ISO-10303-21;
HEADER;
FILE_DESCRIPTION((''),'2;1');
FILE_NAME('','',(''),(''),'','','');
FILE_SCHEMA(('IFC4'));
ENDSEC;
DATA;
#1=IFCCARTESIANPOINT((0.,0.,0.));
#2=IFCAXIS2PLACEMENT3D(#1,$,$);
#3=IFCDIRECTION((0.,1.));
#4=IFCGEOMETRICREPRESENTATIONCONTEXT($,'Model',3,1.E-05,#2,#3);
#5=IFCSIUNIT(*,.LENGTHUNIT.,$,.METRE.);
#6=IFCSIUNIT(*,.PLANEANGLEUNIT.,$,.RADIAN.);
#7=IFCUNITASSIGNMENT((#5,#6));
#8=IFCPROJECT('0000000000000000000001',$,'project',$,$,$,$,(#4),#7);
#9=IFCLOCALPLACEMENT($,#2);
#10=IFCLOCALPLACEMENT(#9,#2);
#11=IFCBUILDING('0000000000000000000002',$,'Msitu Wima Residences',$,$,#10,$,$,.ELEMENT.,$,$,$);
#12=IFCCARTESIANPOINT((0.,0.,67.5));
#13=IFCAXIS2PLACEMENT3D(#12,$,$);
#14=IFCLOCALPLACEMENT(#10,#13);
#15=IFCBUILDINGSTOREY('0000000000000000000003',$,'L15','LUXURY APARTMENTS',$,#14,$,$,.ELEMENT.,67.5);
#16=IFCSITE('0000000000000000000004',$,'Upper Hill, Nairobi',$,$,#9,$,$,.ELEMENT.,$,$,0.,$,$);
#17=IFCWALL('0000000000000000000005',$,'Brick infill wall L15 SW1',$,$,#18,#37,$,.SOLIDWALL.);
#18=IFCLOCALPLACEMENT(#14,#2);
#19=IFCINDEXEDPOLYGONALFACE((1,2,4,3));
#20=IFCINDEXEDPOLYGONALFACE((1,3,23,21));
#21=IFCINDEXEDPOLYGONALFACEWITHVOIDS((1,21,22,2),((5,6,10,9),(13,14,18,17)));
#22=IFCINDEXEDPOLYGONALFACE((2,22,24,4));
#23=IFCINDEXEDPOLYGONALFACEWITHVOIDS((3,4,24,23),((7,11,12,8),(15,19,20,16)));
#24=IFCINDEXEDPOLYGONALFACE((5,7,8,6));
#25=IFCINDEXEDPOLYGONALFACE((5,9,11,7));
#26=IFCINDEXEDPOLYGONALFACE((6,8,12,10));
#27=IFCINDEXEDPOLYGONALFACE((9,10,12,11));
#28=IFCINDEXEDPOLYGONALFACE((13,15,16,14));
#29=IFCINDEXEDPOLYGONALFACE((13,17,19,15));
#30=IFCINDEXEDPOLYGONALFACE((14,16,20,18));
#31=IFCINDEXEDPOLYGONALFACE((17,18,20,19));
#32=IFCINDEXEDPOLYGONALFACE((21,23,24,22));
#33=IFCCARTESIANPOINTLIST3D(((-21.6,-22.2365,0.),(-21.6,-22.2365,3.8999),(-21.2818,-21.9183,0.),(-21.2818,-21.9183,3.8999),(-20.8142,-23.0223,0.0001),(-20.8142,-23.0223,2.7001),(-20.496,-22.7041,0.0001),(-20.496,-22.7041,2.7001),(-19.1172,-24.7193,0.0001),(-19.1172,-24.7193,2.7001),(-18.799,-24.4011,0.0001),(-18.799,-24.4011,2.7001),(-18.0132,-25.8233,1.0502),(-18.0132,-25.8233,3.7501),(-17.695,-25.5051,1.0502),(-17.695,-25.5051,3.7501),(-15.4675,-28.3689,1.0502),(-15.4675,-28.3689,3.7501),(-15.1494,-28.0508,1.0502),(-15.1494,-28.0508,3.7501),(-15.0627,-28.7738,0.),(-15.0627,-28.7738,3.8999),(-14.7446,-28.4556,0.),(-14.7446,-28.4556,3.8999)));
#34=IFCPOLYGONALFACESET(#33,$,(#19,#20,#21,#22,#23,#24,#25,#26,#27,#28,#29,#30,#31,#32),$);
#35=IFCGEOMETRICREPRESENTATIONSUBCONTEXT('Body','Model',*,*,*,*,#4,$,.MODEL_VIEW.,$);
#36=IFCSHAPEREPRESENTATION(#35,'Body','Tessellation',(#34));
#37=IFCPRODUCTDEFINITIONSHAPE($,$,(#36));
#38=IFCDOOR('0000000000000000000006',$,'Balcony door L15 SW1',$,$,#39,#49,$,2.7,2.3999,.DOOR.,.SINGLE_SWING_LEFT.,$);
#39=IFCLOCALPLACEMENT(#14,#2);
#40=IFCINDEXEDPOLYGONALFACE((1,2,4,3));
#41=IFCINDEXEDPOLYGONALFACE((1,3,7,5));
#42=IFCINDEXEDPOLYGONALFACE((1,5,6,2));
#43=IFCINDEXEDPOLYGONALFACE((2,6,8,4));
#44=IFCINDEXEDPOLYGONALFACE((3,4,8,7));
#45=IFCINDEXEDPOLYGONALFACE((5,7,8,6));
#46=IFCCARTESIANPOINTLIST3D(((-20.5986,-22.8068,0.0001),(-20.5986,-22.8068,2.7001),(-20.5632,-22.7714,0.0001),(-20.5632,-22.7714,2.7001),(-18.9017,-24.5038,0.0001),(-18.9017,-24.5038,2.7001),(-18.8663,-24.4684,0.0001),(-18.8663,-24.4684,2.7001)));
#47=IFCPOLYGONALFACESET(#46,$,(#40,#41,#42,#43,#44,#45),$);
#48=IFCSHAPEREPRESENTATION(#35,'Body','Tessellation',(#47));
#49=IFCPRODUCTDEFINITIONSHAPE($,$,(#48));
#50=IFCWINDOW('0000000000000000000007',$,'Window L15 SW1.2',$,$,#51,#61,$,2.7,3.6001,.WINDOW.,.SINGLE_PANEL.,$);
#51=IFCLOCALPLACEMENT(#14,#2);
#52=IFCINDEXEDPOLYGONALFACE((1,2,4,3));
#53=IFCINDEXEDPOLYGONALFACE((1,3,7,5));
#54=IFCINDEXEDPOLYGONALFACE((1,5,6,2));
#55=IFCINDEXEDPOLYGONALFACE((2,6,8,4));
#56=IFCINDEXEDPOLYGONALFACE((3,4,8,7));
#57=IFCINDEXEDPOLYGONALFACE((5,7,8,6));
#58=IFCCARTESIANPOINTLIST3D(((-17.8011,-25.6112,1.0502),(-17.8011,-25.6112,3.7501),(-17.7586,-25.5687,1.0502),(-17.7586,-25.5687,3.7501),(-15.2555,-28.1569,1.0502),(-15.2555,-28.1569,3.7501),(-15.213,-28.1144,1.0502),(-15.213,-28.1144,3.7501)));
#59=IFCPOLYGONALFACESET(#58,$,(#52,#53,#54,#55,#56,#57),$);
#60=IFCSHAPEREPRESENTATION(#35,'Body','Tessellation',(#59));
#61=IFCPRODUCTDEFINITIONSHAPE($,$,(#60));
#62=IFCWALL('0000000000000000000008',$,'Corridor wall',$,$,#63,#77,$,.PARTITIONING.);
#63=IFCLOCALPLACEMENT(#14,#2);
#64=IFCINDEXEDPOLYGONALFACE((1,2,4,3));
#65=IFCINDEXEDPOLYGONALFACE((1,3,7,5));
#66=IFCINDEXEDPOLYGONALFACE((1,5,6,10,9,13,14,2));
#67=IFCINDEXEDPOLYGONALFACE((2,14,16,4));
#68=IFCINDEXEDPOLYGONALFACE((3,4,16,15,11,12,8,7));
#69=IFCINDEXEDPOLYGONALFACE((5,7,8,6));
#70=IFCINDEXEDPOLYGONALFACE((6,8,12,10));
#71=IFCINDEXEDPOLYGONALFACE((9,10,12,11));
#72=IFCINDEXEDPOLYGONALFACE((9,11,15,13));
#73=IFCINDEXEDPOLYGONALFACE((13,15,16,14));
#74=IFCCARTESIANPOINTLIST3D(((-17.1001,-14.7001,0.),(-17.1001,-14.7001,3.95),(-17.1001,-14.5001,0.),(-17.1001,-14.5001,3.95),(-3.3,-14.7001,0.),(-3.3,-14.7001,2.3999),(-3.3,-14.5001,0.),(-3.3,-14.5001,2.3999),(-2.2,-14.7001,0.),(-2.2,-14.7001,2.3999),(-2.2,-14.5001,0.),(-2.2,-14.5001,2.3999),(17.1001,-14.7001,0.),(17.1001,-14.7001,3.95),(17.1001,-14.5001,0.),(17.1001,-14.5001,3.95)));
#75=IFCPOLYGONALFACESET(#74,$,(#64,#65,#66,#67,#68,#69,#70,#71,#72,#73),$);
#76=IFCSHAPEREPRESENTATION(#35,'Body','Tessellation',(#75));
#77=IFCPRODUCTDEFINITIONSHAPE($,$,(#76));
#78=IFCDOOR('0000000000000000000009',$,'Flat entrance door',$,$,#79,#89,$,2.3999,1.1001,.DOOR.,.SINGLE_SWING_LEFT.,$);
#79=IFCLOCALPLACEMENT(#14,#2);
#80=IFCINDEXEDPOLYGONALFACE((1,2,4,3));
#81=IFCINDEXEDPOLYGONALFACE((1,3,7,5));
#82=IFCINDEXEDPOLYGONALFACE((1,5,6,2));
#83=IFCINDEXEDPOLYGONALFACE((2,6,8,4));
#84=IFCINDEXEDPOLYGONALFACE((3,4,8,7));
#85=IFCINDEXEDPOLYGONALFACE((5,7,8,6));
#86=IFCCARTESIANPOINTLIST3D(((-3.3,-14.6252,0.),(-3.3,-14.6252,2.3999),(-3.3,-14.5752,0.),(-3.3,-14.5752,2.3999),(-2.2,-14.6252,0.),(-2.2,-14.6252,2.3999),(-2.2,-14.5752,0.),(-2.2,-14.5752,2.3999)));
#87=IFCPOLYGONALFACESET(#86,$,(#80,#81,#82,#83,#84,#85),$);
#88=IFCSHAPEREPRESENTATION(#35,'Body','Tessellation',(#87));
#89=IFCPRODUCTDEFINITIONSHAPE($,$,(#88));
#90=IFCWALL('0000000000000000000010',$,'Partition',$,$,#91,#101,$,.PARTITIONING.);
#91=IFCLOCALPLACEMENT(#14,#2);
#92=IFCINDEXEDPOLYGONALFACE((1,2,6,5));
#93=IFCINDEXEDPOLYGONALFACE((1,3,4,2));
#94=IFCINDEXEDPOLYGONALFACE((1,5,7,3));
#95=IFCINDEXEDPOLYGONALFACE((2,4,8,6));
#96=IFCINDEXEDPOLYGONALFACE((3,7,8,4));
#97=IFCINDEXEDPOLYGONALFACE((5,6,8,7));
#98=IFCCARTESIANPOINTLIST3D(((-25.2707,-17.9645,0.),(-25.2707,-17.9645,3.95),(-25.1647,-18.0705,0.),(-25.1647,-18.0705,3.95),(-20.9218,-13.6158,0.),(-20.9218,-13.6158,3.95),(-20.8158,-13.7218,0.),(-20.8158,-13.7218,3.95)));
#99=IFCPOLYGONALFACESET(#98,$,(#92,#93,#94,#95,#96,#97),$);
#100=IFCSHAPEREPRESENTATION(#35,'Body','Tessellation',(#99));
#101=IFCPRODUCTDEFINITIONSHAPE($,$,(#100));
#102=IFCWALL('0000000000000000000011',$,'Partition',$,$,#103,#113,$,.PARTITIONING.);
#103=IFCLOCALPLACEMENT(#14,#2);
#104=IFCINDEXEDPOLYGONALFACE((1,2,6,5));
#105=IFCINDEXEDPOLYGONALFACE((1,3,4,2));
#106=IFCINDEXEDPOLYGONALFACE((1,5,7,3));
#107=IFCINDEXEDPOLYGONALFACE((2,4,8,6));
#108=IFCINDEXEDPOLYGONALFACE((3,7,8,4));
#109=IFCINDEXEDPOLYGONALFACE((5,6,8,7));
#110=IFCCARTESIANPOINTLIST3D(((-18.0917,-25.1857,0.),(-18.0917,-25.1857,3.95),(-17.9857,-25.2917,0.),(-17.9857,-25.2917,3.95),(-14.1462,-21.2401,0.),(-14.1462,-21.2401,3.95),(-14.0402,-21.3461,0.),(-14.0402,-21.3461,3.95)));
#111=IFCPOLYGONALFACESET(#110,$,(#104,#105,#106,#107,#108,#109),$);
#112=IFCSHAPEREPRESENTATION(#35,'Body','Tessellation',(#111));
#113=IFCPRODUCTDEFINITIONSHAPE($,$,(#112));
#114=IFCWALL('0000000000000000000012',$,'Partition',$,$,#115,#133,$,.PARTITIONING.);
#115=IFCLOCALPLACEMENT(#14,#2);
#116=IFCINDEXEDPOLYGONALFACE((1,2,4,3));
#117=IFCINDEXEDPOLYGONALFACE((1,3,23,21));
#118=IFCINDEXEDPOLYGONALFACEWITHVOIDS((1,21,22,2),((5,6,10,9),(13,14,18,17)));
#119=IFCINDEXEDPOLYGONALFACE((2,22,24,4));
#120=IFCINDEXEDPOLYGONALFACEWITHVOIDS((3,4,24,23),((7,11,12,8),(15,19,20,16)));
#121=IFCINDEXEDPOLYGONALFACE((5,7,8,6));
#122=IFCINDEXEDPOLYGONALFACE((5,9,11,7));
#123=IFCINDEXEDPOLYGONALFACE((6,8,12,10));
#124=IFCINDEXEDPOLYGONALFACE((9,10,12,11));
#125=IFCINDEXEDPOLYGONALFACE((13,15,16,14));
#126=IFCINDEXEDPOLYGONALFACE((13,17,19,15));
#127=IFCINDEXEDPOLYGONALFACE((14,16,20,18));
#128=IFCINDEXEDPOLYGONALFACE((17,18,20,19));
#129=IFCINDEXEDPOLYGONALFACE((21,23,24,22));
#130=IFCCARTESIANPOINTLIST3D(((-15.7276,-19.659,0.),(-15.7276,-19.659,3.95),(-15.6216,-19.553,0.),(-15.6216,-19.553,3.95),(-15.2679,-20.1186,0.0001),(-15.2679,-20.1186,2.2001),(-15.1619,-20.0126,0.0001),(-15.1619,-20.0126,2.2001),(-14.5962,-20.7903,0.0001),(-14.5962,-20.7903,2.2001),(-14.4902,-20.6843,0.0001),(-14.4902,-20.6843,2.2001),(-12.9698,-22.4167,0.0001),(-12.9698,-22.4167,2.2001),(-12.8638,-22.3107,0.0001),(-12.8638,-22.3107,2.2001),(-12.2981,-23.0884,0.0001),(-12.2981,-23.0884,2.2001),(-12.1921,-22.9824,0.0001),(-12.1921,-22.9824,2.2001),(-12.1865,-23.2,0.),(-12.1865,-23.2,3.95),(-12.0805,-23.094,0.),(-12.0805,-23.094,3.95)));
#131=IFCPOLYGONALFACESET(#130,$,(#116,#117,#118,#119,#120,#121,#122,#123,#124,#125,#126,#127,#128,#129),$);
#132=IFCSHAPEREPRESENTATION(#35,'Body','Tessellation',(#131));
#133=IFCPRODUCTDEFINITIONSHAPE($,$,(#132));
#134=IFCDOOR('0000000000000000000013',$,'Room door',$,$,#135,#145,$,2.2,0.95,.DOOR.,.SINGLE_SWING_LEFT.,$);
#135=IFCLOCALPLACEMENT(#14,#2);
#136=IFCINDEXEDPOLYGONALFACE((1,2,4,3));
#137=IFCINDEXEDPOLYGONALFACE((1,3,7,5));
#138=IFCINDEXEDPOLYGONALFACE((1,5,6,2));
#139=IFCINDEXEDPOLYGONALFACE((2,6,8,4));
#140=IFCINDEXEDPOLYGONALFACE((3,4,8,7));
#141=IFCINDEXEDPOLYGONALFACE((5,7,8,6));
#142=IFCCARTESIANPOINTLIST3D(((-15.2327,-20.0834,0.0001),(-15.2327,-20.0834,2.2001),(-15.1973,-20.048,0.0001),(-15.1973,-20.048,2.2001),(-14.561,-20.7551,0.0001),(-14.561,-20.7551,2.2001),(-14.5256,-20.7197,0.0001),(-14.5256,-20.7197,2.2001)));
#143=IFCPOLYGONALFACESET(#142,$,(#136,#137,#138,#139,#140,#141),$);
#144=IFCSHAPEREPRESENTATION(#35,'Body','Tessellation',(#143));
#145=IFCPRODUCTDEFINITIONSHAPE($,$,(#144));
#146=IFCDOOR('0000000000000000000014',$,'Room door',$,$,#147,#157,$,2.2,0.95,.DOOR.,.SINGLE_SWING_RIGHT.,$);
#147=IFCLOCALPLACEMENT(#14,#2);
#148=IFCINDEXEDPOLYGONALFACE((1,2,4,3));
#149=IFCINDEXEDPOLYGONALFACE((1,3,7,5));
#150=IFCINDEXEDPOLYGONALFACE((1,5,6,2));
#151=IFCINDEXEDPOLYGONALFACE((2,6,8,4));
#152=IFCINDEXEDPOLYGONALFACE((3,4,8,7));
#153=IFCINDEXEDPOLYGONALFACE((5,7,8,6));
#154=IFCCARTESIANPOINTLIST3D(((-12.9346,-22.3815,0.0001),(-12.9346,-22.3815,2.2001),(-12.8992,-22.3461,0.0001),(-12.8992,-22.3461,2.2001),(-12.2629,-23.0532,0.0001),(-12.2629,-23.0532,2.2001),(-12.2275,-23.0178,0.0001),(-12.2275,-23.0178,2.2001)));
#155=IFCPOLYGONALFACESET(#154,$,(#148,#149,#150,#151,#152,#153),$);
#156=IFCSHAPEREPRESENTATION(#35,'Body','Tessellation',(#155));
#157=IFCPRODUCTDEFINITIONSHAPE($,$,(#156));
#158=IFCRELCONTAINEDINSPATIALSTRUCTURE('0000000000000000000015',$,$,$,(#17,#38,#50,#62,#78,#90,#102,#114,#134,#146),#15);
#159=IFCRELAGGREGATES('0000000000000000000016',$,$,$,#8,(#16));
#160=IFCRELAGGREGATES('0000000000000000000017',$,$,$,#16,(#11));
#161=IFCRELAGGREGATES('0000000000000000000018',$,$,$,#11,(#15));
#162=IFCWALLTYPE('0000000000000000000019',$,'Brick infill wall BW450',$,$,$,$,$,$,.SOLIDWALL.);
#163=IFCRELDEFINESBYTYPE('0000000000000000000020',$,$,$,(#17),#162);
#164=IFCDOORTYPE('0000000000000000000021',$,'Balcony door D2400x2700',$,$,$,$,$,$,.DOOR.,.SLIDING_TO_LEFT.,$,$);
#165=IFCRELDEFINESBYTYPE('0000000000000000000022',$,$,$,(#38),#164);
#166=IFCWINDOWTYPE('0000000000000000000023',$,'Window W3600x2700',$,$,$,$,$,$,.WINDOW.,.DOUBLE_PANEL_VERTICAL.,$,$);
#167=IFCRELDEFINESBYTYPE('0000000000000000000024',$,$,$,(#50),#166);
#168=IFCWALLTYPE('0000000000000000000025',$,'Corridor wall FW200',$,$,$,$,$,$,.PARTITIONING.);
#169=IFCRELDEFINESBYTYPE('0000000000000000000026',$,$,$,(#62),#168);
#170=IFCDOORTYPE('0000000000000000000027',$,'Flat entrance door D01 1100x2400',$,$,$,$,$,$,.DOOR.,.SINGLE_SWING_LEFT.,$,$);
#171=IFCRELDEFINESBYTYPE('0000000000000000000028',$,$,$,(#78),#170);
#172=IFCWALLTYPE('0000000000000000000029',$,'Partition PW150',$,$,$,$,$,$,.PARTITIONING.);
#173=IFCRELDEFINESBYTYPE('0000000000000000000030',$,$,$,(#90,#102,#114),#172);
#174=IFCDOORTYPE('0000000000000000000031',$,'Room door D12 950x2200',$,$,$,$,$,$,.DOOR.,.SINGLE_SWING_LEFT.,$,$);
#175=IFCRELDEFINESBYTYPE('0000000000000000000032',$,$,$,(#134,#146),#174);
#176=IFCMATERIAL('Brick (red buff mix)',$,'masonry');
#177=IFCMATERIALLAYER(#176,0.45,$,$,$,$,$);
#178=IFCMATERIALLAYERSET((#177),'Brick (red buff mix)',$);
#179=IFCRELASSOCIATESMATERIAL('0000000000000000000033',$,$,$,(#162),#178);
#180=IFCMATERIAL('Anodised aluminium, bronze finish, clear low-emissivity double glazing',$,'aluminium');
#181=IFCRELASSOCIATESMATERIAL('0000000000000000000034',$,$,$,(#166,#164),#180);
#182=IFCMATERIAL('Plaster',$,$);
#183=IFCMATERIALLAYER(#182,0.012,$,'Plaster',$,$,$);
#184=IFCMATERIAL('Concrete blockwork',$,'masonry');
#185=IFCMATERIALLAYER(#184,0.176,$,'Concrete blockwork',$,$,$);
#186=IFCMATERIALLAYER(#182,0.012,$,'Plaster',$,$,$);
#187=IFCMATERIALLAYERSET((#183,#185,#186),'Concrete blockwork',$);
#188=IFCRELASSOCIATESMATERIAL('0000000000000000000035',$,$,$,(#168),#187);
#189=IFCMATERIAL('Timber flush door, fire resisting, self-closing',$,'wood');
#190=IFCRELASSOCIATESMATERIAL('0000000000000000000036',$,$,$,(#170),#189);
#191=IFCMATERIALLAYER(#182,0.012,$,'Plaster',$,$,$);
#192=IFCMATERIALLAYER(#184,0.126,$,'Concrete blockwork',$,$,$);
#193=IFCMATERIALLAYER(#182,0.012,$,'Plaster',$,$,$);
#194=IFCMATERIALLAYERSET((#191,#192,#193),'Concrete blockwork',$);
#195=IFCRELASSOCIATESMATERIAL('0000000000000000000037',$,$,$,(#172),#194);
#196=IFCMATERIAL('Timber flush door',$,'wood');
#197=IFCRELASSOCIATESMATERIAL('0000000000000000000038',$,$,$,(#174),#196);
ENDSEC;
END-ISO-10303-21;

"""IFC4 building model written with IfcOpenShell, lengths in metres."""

from ifc_helpers import new_model, si_unit, direction, frame, frame_2d, origin, place, context, subcontext, project, spatial, rectangle, extrude, material, layer, layer_set, type_object, element, fill, save


model = new_model("IFC4")

# Units and contexts
model_context = context("Model", 3, precision=1e-05, world=origin(), true_north=direction((0.0, 1.0)))
body_context = subcontext(model_context, "Body", "Model", "MODEL_VIEW")
ifc_project = project(units=[si_unit("LENGTHUNIT", "METRE"), si_unit("PLANEANGLEUNIT", "RADIAN")], contexts=[model_context])

# Site, building, storey
site_placement = place(None, origin())
site = spatial("IfcSite", under=ifc_project, at=site_placement, Name="Upper Hill, Nairobi", CompositionType="ELEMENT", RefElevation=0.0)
building_placement = place(site_placement, origin())
building = spatial("IfcBuilding", under=site, at=building_placement, Name="Msitu Wima Residences", CompositionType="ELEMENT")
storey_placement = place(building_placement, frame((0.0, 0.0, 67.5)))
storey = spatial("IfcBuildingStorey", under=building, at=storey_placement, Name="L15", Description="LUXURY APARTMENTS", CompositionType="ELEMENT", Elevation=67.5)

# Shared definitions
ifc_material_1 = material(Name="Brick (red buff mix)", Category="masonry")
ifc_layer_1 = layer(ifc_material_1, 0.45)
ifc_layer_set_1 = layer_set([ifc_layer_1], Name="Brick (red buff mix)")
wall_type_1 = type_object("IfcWallType", Name="Brick infill wall BW450", PredefinedType="SOLIDWALL", material=ifc_layer_set_1)
ifc_material_2 = material(Name="Anodised aluminium, bronze finish, clear low-emissivity double glazing", Category="aluminium")
window_type = type_object("IfcWindowType", Name="Window W3600x2700", PartitioningType="DOUBLE_PANEL_VERTICAL", PredefinedType="WINDOW", material=ifc_material_2)

# Wall, openings, door, window
wall_1_placement = place(storey_placement, frame((-21.4409, -22.0774, 0.0), z_axis=(0.0, 0.0, 1.0), x_axis=(0.707107, -0.707107, 0.0)))
wall_1 = element("IfcWall", 1, at=wall_1_placement, inside=storey, type_object=wall_type_1, Name="Brick infill wall L15 SW1", PredefinedType="SOLIDWALL", context=body_context, shape_type="SweptSolid", body=[
    extrude(rectangle(XDim=9.2451, YDim=0.45, at=frame_2d((4.6226, 0.0))), origin(), (0.0, 0.0, 1.0), 3.8999),
])
opening_1_placement = place(wall_1_placement, frame((1.1113, 0.0, 0.0)))
opening_1 = element("IfcOpeningElement", 2, at=opening_1_placement, cuts=wall_1, PredefinedType="OPENING", context=body_context, shape_type="SweptSolid", body=[
    extrude(rectangle(XDim=2.3999, YDim=2.7, at=frame_2d((1.2, 1.3501))), frame((0.0, 0.2349, 0.0), z_axis=(0.0, -1.0, 0.0), x_axis=(1.0, 0.0, 0.0)), (0.0, 0.0, 1.0), 0.47),
])
opening_2_placement = place(wall_1_placement, frame((5.0725, 0.0, 1.05)))
opening_2 = element("IfcOpeningElement", 3, at=opening_2_placement, cuts=wall_1, PredefinedType="OPENING", context=body_context, shape_type="SweptSolid", body=[
    extrude(rectangle(XDim=3.6001, YDim=2.7, at=frame_2d((1.8, 1.3501))), frame((0.0, 0.2349, 0.0), z_axis=(0.0, -1.0, 0.0), x_axis=(1.0, 0.0, 0.0)), (0.0, 0.0, 1.0), 0.47),
])
door_type_1 = type_object("IfcDoorType", Name="Balcony door D2400x2700", OperationType="SLIDING_TO_LEFT", PredefinedType="DOOR", material=ifc_material_2)
door_1_placement = place(opening_1_placement, origin())
door_1 = element("IfcDoor", 4, at=door_1_placement, inside=storey, type_object=door_type_1, Name="Balcony door L15 SW1", OperationType="SINGLE_SWING_LEFT", OverallHeight=2.7, OverallWidth=2.3999, PredefinedType="DOOR", context=body_context, shape_type="SweptSolid", body=[
    extrude(rectangle(XDim=2.3999, YDim=2.7, at=frame_2d((1.2, 1.3501))), frame((0.0, 0.1299, 0.0), z_axis=(0.0, -1.0, 0.0), x_axis=(1.0, 0.0, 0.0)), (0.0, 0.0, 1.0), 0.05),
])
fill(opening_1, door_1)
window_1_placement = place(opening_2_placement, origin())
window_1 = element("IfcWindow", 5, at=window_1_placement, inside=storey, type_object=window_type, Name="Window L15 SW1.2", OverallHeight=2.7, OverallWidth=3.6001, PartitioningType="SINGLE_PANEL", PredefinedType="WINDOW", context=body_context, shape_type="SweptSolid", body=[
    extrude(rectangle(XDim=3.6001, YDim=2.7, at=frame_2d((1.8, 1.3501))), frame((0.0, 0.135, 0.0), z_axis=(0.0, -1.0, 0.0), x_axis=(1.0, 0.0, 0.0)), (0.0, 0.0, 1.0), 0.0601),
])
fill(opening_2, window_1)

# Wall, opening, door
ifc_material_3 = material(Name="Plaster")
ifc_layer_2 = layer(ifc_material_3, 0.012, Name="Plaster")
ifc_material_4 = material(Name="Concrete blockwork", Category="masonry")
ifc_layer_3 = layer(ifc_material_4, 0.176, Name="Concrete blockwork")
ifc_layer_4 = layer(ifc_material_3, 0.012, Name="Plaster")
ifc_layer_set_2 = layer_set([ifc_layer_2, ifc_layer_3, ifc_layer_4], Name="Concrete blockwork")
wall_type_2 = type_object("IfcWallType", Name="Corridor wall FW200", PredefinedType="PARTITIONING", material=ifc_layer_set_2)
wall_2_placement = place(storey_placement, frame((-17.1001, -14.6001, 0.0), z_axis=(0.0, 0.0, 1.0), x_axis=(1.0, 0.0, 0.0)))
wall_2 = element("IfcWall", 6, at=wall_2_placement, inside=storey, type_object=wall_type_2, Name="Corridor wall", PredefinedType="PARTITIONING", context=body_context, shape_type="SweptSolid", body=[
    extrude(rectangle(XDim=34.2002, YDim=0.2, at=frame_2d((17.1001, 0.0))), origin(), (0.0, 0.0, 1.0), 3.95),
])
opening_3_placement = place(wall_2_placement, frame((13.8, 0.0, 0.0)))
opening_3 = element("IfcOpeningElement", 7, at=opening_3_placement, cuts=wall_2, PredefinedType="OPENING", context=body_context, shape_type="SweptSolid", body=[
    extrude(rectangle(XDim=1.1001, YDim=2.3999, at=frame_2d((0.55, 1.2))), frame((0.0, 0.1099, 0.0), z_axis=(0.0, -1.0, 0.0), x_axis=(1.0, 0.0, 0.0)), (0.0, 0.0, 1.0), 0.22),
])
ifc_material_5 = material(Name="Timber flush door, fire resisting, self-closing", Category="wood")
door_type_2 = type_object("IfcDoorType", Name="Flat entrance door D01 1100x2400", OperationType="SINGLE_SWING_LEFT", PredefinedType="DOOR", material=ifc_material_5)
door_2_placement = place(opening_3_placement, origin())
door_2 = element("IfcDoor", 8, at=door_2_placement, inside=storey, type_object=door_type_2, Name="Flat entrance door", OperationType="SINGLE_SWING_LEFT", OverallHeight=2.3999, OverallWidth=1.1001, PredefinedType="DOOR", context=body_context, shape_type="SweptSolid", body=[
    extrude(rectangle(XDim=1.1001, YDim=2.3999, at=frame_2d((0.55, 1.2))), frame((0.0, 0.0249, 0.0), z_axis=(0.0, -1.0, 0.0), x_axis=(1.0, 0.0, 0.0)), (0.0, 0.0, 1.0), 0.05),
])
fill(opening_3, door_2)

# Walls
ifc_layer_5 = layer(ifc_material_3, 0.012, Name="Plaster")
ifc_layer_6 = layer(ifc_material_4, 0.126, Name="Concrete blockwork")
ifc_layer_7 = layer(ifc_material_3, 0.012, Name="Plaster")
ifc_layer_set_3 = layer_set([ifc_layer_5, ifc_layer_6, ifc_layer_7], Name="Concrete blockwork")
wall_type_3 = type_object("IfcWallType", Name="Partition PW150", PredefinedType="PARTITIONING", material=ifc_layer_set_3)
wall_3_placement = place(storey_placement, frame((-25.2178, -18.0176, 0.0), z_axis=(0.0, 0.0, 1.0), x_axis=(0.707127, 0.707087, 0.0)))
element("IfcWall", 9, at=wall_3_placement, inside=storey, type_object=wall_type_3, Name="Partition", PredefinedType="PARTITIONING", context=body_context, shape_type="SweptSolid", body=[
    extrude(rectangle(XDim=6.1501, YDim=0.1499, at=frame_2d((3.0752, 0.0))), origin(), (0.0, 0.0, 1.0), 3.95),
])
wall_4_placement = place(storey_placement, frame((-18.0388, -25.2388, 0.0), z_axis=(0.0, 0.0, 1.0), x_axis=(0.707107, 0.707107, 0.0)))
element("IfcWall", 10, at=wall_4_placement, inside=storey, type_object=wall_type_3, Name="Partition", PredefinedType="PARTITIONING", context=body_context, shape_type="SweptSolid", body=[
    extrude(rectangle(XDim=5.5798, YDim=0.1499, at=frame_2d((2.79, 0.0))), origin(), (0.0, 0.0, 1.0), 3.95),
])

# Wall, openings, doors
wall_5_placement = place(storey_placement, frame((-15.6746, -19.606, 0.0), z_axis=(0.0, 0.0, 1.0), x_axis=(0.707107, -0.707107, 0.0)))
wall_5 = element("IfcWall", 11, at=wall_5_placement, inside=storey, type_object=wall_type_3, Name="Partition", PredefinedType="PARTITIONING", context=body_context, shape_type="SweptSolid", body=[
    extrude(rectangle(XDim=5.0078, YDim=0.1499, at=frame_2d((2.5039, 0.0))), origin(), (0.0, 0.0, 1.0), 3.95),
])
opening_4_placement = place(wall_5_placement, frame((0.6499, 0.0, 0.0)))
opening_4 = element("IfcOpeningElement", 12, at=opening_4_placement, cuts=wall_5, PredefinedType="OPENING", context=body_context, shape_type="SweptSolid", body=[
    extrude(rectangle(XDim=0.95, YDim=2.2, at=frame_2d((0.4751, 1.1001))), frame((0.0, 0.085, 0.0), z_axis=(0.0, -1.0, 0.0), x_axis=(1.0, 0.0, 0.0)), (0.0, 0.0, 1.0), 0.1699),
])
opening_5_placement = place(wall_5_placement, frame((3.8999, 0.0, 0.0)))
opening_5 = element("IfcOpeningElement", 13, at=opening_5_placement, cuts=wall_5, PredefinedType="OPENING", context=body_context, shape_type="SweptSolid", body=[
    extrude(rectangle(XDim=0.95, YDim=2.2, at=frame_2d((0.4751, 1.1001))), frame((0.0, 0.085, 0.0), z_axis=(0.0, -1.0, 0.0), x_axis=(1.0, 0.0, 0.0)), (0.0, 0.0, 1.0), 0.1699),
])
ifc_material_6 = material(Name="Timber flush door", Category="wood")
door_type_3 = type_object("IfcDoorType", Name="Room door D12 950x2200", OperationType="SINGLE_SWING_LEFT", PredefinedType="DOOR", material=ifc_material_6)
door_3_placement = place(opening_4_placement, origin())
door_3 = element("IfcDoor", 14, at=door_3_placement, inside=storey, type_object=door_type_3, Name="Room door", OperationType="SINGLE_SWING_LEFT", OverallHeight=2.2, OverallWidth=0.95, PredefinedType="DOOR", context=body_context, shape_type="SweptSolid", body=[
    extrude(rectangle(XDim=0.95, YDim=2.2, at=frame_2d((0.4751, 1.1001))), frame((0.0, 0.0249, 0.0), z_axis=(0.0, -1.0, 0.0), x_axis=(1.0, 0.0, 0.0)), (0.0, 0.0, 1.0), 0.05),
])
fill(opening_4, door_3)
door_4_placement = place(opening_5_placement, origin())
door_4 = element("IfcDoor", 15, at=door_4_placement, inside=storey, type_object=door_type_3, Name="Room door", OperationType="SINGLE_SWING_RIGHT", OverallHeight=2.2, OverallWidth=0.95, PredefinedType="DOOR", context=body_context, shape_type="SweptSolid", body=[
    extrude(rectangle(XDim=0.95, YDim=2.2, at=frame_2d((0.4751, 1.1001))), frame((0.0, 0.0249, 0.0), z_axis=(0.0, -1.0, 0.0), x_axis=(1.0, 0.0, 0.0)), (0.0, 0.0, 1.0), 0.05),
])
fill(opening_5, door_4)

save(model, "model.ifc")
